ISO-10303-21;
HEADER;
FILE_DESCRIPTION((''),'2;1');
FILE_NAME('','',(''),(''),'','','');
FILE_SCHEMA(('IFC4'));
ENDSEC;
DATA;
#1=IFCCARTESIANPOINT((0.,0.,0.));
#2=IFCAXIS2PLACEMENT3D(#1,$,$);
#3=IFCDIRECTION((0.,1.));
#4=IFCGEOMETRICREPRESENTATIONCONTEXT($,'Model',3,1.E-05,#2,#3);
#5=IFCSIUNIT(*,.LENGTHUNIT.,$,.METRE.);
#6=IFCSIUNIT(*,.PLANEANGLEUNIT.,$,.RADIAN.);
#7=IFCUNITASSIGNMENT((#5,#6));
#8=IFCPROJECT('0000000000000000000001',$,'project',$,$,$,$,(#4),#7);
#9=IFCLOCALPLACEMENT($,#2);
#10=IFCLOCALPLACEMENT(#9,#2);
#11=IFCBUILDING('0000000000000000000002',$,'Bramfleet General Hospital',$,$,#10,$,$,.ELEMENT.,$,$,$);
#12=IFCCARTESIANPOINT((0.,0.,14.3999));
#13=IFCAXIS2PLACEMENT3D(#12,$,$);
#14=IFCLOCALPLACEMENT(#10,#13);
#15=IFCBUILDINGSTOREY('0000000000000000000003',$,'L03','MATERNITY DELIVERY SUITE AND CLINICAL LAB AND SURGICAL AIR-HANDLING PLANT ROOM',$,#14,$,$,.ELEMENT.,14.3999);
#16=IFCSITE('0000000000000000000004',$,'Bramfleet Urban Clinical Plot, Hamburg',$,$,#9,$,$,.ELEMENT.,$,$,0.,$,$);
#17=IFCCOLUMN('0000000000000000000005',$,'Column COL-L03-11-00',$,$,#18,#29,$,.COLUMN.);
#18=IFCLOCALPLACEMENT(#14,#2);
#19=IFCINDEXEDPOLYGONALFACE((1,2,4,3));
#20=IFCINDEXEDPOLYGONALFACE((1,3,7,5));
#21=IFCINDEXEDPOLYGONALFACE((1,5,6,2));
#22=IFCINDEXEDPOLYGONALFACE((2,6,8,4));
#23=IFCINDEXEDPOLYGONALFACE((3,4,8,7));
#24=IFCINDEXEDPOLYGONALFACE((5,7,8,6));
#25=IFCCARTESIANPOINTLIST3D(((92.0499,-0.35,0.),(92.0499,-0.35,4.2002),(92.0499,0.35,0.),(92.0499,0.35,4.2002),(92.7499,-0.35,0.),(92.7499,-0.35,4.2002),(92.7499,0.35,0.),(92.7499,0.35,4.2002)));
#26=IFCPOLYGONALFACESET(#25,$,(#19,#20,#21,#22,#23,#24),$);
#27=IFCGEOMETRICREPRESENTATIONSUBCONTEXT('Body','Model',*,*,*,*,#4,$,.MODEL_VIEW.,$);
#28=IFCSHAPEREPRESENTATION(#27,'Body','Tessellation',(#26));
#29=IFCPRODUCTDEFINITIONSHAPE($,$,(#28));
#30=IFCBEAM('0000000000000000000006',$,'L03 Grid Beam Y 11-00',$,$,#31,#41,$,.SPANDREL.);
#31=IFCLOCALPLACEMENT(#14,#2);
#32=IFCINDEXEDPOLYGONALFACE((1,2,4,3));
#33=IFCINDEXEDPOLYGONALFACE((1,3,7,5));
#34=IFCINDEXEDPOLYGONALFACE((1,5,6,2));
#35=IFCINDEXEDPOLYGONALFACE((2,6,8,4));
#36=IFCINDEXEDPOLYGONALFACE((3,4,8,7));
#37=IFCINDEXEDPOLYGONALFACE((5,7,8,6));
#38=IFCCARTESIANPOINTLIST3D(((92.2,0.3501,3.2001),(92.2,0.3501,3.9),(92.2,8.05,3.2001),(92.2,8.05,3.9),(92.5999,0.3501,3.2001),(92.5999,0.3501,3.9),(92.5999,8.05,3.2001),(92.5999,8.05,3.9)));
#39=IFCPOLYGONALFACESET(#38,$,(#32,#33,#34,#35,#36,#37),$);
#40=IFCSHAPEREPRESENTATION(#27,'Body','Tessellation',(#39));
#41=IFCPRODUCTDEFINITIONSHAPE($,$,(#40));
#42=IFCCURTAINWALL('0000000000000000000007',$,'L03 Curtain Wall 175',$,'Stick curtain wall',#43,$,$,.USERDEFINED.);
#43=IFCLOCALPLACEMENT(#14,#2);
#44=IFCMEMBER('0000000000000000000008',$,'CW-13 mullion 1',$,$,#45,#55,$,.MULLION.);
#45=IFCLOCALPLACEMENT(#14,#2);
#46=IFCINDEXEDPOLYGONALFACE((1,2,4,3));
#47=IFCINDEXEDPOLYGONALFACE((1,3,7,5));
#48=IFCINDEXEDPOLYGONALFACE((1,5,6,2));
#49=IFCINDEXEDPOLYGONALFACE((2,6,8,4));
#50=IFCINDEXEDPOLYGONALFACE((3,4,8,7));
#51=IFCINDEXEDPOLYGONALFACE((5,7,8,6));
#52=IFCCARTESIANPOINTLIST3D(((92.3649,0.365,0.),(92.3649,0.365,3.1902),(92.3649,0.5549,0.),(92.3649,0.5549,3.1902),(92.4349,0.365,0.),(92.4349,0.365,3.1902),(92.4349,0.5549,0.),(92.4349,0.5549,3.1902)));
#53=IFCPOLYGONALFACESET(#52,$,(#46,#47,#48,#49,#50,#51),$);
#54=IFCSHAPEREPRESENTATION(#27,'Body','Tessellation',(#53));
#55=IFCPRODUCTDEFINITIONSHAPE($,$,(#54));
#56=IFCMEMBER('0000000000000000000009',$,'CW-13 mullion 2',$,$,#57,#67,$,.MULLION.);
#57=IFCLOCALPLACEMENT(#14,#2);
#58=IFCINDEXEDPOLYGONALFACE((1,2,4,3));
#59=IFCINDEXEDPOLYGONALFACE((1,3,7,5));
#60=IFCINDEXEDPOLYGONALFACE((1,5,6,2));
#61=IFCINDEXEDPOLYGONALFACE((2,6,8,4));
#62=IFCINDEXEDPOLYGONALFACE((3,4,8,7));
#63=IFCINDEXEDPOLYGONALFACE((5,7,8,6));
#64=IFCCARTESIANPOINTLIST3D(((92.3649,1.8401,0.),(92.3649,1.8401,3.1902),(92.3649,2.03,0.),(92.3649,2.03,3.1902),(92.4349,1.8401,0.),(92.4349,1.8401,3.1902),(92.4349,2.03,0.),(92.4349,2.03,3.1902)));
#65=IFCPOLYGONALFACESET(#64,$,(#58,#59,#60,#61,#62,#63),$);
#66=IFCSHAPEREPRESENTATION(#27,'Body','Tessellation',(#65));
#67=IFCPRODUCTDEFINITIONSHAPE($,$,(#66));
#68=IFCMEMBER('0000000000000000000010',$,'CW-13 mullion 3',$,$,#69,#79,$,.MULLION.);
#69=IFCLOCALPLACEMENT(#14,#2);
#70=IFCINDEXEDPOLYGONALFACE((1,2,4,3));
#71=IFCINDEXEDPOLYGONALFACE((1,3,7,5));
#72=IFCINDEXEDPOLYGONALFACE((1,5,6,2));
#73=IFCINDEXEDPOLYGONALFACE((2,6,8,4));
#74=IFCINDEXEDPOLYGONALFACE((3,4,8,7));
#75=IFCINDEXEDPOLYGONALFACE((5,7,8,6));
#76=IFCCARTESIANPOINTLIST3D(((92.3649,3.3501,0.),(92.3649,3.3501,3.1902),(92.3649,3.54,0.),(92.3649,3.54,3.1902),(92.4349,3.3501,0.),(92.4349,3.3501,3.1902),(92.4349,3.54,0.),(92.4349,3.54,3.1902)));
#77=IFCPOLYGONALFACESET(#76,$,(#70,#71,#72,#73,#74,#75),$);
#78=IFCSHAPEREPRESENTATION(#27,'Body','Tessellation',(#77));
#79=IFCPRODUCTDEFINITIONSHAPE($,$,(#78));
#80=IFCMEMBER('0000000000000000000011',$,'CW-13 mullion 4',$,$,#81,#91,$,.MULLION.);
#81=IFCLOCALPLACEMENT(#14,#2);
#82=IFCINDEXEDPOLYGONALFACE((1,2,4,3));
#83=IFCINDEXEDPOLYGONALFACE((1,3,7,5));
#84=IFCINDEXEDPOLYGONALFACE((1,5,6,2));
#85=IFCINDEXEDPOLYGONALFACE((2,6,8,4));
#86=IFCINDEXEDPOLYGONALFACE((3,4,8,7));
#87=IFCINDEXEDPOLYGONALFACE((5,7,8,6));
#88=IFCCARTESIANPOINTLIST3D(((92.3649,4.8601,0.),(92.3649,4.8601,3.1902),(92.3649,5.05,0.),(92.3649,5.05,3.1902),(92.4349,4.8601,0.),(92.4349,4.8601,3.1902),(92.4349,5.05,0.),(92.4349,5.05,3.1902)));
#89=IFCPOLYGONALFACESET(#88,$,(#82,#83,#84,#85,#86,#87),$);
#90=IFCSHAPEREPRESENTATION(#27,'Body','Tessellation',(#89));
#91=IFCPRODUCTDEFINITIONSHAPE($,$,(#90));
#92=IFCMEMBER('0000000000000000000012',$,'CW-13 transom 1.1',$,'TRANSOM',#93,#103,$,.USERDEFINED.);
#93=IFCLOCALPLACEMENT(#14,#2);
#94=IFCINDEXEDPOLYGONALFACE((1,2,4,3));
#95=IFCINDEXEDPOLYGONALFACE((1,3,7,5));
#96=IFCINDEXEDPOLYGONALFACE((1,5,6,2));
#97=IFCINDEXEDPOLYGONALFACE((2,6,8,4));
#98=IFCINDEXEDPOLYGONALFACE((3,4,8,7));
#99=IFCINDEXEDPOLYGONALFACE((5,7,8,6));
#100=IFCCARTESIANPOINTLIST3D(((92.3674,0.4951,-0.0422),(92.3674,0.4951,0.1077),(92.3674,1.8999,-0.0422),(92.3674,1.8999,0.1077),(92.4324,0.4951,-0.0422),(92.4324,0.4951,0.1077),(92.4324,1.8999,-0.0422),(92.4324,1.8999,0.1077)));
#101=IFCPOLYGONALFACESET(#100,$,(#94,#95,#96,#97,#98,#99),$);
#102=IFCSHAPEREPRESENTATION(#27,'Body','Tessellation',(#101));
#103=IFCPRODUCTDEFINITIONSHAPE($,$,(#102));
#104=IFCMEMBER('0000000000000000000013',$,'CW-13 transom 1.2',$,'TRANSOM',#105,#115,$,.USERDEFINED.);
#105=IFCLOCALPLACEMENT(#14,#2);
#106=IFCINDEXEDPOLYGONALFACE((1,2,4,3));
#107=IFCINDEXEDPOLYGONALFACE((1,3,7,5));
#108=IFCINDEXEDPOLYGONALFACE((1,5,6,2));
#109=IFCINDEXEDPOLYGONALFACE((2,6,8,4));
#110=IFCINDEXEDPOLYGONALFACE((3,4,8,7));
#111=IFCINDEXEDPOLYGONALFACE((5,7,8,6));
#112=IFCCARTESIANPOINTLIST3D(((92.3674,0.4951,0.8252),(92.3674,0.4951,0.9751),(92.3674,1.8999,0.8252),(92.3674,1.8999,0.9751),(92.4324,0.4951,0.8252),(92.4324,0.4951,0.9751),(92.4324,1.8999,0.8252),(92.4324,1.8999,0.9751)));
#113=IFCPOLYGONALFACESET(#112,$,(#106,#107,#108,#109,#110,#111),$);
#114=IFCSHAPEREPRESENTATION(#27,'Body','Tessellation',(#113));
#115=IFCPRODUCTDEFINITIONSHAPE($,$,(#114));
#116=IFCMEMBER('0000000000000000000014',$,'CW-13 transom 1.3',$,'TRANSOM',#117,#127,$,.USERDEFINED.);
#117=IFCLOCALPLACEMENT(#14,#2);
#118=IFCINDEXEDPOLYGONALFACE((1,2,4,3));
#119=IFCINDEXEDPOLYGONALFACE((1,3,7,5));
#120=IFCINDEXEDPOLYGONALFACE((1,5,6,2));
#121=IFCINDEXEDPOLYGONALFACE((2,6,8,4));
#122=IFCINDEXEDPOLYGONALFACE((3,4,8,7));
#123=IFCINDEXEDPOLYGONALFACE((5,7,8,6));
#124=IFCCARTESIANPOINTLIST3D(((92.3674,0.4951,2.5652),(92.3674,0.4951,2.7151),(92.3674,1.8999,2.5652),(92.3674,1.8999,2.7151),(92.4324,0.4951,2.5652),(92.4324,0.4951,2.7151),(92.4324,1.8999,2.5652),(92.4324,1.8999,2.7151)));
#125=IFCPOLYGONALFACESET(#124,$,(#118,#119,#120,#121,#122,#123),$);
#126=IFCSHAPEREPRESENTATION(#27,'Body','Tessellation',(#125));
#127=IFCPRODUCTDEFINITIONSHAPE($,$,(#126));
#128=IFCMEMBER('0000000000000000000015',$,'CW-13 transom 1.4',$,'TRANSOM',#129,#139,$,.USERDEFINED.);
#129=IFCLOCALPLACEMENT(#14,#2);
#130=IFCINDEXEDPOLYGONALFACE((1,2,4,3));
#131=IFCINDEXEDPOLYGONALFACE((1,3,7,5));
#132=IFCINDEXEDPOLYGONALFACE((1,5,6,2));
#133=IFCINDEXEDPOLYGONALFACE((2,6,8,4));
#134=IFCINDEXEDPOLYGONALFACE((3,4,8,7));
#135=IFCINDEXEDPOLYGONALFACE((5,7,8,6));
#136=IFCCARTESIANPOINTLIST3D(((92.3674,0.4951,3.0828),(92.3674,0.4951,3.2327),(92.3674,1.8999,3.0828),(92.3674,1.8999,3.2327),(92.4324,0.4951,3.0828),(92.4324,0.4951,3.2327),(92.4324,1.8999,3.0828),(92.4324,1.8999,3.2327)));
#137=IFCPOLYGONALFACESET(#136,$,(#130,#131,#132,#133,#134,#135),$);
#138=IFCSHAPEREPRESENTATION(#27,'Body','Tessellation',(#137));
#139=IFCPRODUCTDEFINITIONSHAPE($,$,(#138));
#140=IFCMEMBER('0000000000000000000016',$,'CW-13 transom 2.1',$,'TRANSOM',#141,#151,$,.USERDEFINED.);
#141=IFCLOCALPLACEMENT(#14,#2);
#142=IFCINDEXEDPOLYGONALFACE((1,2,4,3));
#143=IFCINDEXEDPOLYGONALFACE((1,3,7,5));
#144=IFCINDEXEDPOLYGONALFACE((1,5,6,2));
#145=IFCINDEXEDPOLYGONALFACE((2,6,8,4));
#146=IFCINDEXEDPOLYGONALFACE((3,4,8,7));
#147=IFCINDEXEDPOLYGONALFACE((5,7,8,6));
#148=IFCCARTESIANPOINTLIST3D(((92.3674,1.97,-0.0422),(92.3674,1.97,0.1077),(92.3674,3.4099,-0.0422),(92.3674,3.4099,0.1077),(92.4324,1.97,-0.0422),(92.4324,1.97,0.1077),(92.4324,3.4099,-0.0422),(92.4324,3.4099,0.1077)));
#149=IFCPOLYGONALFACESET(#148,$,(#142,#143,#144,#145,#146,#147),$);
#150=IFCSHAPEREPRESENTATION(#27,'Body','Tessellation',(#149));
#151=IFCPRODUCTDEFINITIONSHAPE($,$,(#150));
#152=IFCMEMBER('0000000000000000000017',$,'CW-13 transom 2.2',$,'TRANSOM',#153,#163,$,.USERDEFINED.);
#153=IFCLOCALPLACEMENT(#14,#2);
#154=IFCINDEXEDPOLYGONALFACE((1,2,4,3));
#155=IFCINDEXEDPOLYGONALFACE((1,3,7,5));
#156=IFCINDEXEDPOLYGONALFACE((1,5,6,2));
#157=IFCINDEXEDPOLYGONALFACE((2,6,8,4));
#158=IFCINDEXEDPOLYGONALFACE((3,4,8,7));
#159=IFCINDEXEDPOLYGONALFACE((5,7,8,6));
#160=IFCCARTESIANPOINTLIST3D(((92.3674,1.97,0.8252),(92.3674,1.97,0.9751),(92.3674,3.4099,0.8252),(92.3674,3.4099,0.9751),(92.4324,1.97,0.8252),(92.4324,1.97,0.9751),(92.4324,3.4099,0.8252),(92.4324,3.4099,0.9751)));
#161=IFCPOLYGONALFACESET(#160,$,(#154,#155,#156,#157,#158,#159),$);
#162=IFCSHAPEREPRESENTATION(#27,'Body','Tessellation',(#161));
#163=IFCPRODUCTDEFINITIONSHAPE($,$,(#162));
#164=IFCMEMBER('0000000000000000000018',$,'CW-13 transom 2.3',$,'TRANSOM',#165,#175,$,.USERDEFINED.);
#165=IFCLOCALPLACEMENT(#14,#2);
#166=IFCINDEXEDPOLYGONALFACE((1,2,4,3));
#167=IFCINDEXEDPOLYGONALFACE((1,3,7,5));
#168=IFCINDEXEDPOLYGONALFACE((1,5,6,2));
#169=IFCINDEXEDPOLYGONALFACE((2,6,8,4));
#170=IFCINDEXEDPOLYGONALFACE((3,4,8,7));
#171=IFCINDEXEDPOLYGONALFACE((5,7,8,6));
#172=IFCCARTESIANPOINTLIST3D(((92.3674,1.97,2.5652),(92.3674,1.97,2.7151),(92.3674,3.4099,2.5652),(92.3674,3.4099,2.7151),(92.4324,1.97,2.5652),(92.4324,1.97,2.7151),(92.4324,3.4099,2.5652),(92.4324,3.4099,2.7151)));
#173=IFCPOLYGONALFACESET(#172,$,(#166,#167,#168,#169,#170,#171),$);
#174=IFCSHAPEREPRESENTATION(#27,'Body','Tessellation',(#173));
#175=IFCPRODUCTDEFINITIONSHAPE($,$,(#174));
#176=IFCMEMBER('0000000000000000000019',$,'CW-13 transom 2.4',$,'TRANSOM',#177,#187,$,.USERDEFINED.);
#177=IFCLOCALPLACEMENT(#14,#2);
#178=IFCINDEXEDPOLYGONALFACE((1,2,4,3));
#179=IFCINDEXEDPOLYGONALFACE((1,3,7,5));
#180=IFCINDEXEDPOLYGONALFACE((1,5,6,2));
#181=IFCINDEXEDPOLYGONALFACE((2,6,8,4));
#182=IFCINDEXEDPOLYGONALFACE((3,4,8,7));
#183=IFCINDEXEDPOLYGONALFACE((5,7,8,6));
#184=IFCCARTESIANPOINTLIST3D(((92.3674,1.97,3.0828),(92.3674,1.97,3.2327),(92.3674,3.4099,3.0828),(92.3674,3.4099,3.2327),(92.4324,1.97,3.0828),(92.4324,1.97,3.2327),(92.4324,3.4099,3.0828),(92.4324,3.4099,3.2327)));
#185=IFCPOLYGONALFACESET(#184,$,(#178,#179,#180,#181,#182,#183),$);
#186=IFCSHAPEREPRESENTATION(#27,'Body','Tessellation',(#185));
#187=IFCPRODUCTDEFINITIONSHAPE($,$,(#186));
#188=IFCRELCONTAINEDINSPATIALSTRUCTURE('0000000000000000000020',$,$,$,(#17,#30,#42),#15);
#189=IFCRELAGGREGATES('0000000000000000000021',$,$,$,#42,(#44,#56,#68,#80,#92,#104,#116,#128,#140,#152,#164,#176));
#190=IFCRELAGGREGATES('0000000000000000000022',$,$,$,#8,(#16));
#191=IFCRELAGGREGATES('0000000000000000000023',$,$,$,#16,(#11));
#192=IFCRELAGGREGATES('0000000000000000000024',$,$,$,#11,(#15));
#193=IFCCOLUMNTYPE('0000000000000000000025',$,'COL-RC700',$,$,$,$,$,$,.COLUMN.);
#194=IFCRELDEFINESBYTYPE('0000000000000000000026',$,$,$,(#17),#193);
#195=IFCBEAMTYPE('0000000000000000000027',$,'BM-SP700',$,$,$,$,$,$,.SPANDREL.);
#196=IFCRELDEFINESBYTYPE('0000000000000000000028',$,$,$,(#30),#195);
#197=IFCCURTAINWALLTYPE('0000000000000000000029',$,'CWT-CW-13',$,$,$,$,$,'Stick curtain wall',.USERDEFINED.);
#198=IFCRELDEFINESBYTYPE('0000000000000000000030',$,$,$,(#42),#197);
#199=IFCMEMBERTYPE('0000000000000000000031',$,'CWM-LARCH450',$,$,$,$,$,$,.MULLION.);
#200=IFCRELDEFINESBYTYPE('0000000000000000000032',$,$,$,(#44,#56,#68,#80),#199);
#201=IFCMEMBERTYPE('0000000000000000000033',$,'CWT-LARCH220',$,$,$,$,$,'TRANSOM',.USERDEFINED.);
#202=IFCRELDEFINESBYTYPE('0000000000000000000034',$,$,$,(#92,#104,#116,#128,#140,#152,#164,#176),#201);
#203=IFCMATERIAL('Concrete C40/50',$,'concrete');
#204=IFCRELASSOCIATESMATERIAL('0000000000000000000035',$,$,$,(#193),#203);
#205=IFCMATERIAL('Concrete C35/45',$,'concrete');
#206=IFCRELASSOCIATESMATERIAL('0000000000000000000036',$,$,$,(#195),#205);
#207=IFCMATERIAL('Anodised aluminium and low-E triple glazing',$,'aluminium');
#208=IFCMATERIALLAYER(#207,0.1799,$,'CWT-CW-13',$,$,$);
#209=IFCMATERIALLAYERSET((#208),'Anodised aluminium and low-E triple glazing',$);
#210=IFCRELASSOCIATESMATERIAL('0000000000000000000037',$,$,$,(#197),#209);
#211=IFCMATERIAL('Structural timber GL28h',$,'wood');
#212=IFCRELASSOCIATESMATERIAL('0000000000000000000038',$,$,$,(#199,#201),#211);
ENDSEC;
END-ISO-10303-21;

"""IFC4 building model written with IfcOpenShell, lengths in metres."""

from ifc_helpers import new_model, si_unit, direction, frame, origin, origin_2d, place, context, subcontext, project, spatial, rectangle, extrude, material, layer, layer_set, material_profile, profile_set, type_object, element, aggregate, save


model = new_model("IFC4")

# Units and contexts
model_context = context("Model", 3, precision=1e-05, world=origin(), true_north=direction((0.0, 1.0)))
body_context = subcontext(model_context, "Body", "Model", "MODEL_VIEW")
ifc_project = project(units=[si_unit("LENGTHUNIT", "METRE"), si_unit("PLANEANGLEUNIT", "RADIAN")], contexts=[model_context])

# Site, building, storey
site_placement = place(None, origin())
site = spatial("IfcSite", under=ifc_project, at=site_placement, Name="Bramfleet Urban Clinical Plot, Hamburg", CompositionType="ELEMENT", RefElevation=0.0)
building_placement = place(site_placement, origin())
building = spatial("IfcBuilding", under=site, at=building_placement, Name="Bramfleet General Hospital", CompositionType="ELEMENT")
storey_placement = place(building_placement, frame((0.0, 0.0, 14.3999)))
storey = spatial("IfcBuildingStorey", under=building, at=storey_placement, Name="L03", Description="MATERNITY DELIVERY SUITE AND CLINICAL LAB AND SURGICAL AIR-HANDLING PLANT ROOM", CompositionType="ELEMENT", Elevation=14.3999)

# Column
ifc_material_1 = material(Name="Concrete C40/50", Category="concrete")
ifc_material_profile_1 = material_profile(ifc_material_1, rectangle(XDim=0.7, YDim=0.7, at=origin_2d()), Name="RC COL 700x700")
ifc_profile_set_1 = profile_set([ifc_material_profile_1], Name="Concrete C40/50")
column_type = type_object("IfcColumnType", Name="COL-RC700", PredefinedType="COLUMN", material=ifc_profile_set_1)
column_placement = place(storey_placement, frame((92.3999, 0.0, 0.0), z_axis=(0.0, 0.0, 1.0), x_axis=(1.0, 0.0, 0.0)))
element("IfcColumn", 1, at=column_placement, inside=storey, type_object=column_type, Name="Column COL-L03-11-00", PredefinedType="COLUMN", context=body_context, shape_type="SweptSolid", body=[
    extrude(rectangle(XDim=0.7, YDim=0.7, at=origin_2d()), origin(), (0.0, 0.0, 1.0), 4.2002),
])

# Beam
ifc_material_2 = material(Name="Concrete C35/45", Category="concrete")
ifc_material_profile_2 = material_profile(ifc_material_2, rectangle(XDim=0.3999, YDim=0.7, at=origin_2d()), Name="RC SP 700x400")
ifc_profile_set_2 = profile_set([ifc_material_profile_2], Name="Concrete C35/45")
beam_type = type_object("IfcBeamType", Name="BM-SP700", PredefinedType="SPANDREL", material=ifc_profile_set_2)
beam_placement = place(storey_placement, frame((92.3999, 0.3501, 3.55), z_axis=(0.0, 1.0, 0.0), x_axis=(-1.0, 0.0, 0.0)))
element("IfcBeam", 2, at=beam_placement, inside=storey, type_object=beam_type, Name="L03 Grid Beam Y 11-00", PredefinedType="SPANDREL", context=body_context, shape_type="SweptSolid", body=[
    extrude(rectangle(XDim=0.3999, YDim=0.7, at=origin_2d()), origin(), (0.0, 0.0, 1.0), 7.7),
])

# Curtain wall, members
ifc_material_3 = material(Name="Anodised aluminium and low-E triple glazing", Category="aluminium")
ifc_layer_1 = layer(ifc_material_3, 0.1799, Name="CWT-CW-13")
ifc_layer_set_1 = layer_set([ifc_layer_1], Name="Anodised aluminium and low-E triple glazing")
curtain_wall_type = type_object("IfcCurtainWallType", Name="CWT-CW-13", ElementType="Stick curtain wall", PredefinedType="USERDEFINED", material=ifc_layer_set_1)
curtain_wall_placement = place(storey_placement, origin())
curtain_wall = element("IfcCurtainWall", 3, at=curtain_wall_placement, inside=storey, type_object=curtain_wall_type, Name="L03 Curtain Wall 175", ObjectType="Stick curtain wall", PredefinedType="USERDEFINED")
ifc_material_4 = material(Name="Structural timber GL28h", Category="wood")
ifc_material_profile_3 = material_profile(ifc_material_4, rectangle(XDim=0.0701, YDim=0.1899, at=origin_2d()), Name="LARCH 190x70")
ifc_profile_set_3 = profile_set([ifc_material_profile_3], Name="Structural timber GL28h")
member_type_1 = type_object("IfcMemberType", Name="CWM-LARCH450", PredefinedType="MULLION", material=ifc_profile_set_3)
member_1_placement = place(storey_placement, frame((92.3999, 0.46, 0.0), z_axis=(0.0, 0.0, 1.0), x_axis=(-1.0, 0.0, 0.0)))
member_1 = element("IfcMember", 4, at=member_1_placement, type_object=member_type_1, Name="CW-13 mullion 1", PredefinedType="MULLION", context=body_context, shape_type="SweptSolid", body=[
    extrude(rectangle(XDim=0.0701, YDim=0.1899, at=origin_2d()), origin(), (0.0, 0.0, 1.0), 3.1902),
])
member_2_placement = place(storey_placement, frame((92.3999, 1.9351, 0.0), z_axis=(0.0, 0.0, 1.0), x_axis=(-1.0, 0.0, 0.0)))
member_2 = element("IfcMember", 5, at=member_2_placement, type_object=member_type_1, Name="CW-13 mullion 2", PredefinedType="MULLION", context=body_context, shape_type="SweptSolid", body=[
    extrude(rectangle(XDim=0.0701, YDim=0.1899, at=origin_2d()), origin(), (0.0, 0.0, 1.0), 3.1902),
])
member_3_placement = place(storey_placement, frame((92.3999, 3.4451, 0.0), z_axis=(0.0, 0.0, 1.0), x_axis=(-1.0, 0.0, 0.0)))
member_3 = element("IfcMember", 6, at=member_3_placement, type_object=member_type_1, Name="CW-13 mullion 3", PredefinedType="MULLION", context=body_context, shape_type="SweptSolid", body=[
    extrude(rectangle(XDim=0.0701, YDim=0.1899, at=origin_2d()), origin(), (0.0, 0.0, 1.0), 3.1902),
])
member_4_placement = place(storey_placement, frame((92.3999, 4.9551, 0.0), z_axis=(0.0, 0.0, 1.0), x_axis=(-1.0, 0.0, 0.0)))
member_4 = element("IfcMember", 7, at=member_4_placement, type_object=member_type_1, Name="CW-13 mullion 4", PredefinedType="MULLION", context=body_context, shape_type="SweptSolid", body=[
    extrude(rectangle(XDim=0.0701, YDim=0.1899, at=origin_2d()), origin(), (0.0, 0.0, 1.0), 3.1902),
])
ifc_material_profile_4 = material_profile(ifc_material_4, rectangle(XDim=0.0649, YDim=0.1499, at=origin_2d()), Name="LARCH 150x65")
ifc_profile_set_4 = profile_set([ifc_material_profile_4], Name="Structural timber GL28h")
member_type_2 = type_object("IfcMemberType", Name="CWT-LARCH220", ElementType="TRANSOM", PredefinedType="USERDEFINED", material=ifc_profile_set_4)
member_5_placement = place(storey_placement, frame((92.3999, 0.4951, 0.0327), z_axis=(0.0, 1.0, 0.0), x_axis=(-1.0, 0.0, 0.0)))
member_5 = element("IfcMember", 8, at=member_5_placement, type_object=member_type_2, Name="CW-13 transom 1.1", ObjectType="TRANSOM", PredefinedType="USERDEFINED", context=body_context, shape_type="SweptSolid", body=[
    extrude(rectangle(XDim=0.0649, YDim=0.1499, at=origin_2d()), origin(), (0.0, 0.0, 1.0), 1.4048),
])
member_6_placement = place(storey_placement, frame((92.3999, 0.4951, 0.9001), z_axis=(0.0, 1.0, 0.0), x_axis=(-1.0, 0.0, 0.0)))
member_6 = element("IfcMember", 9, at=member_6_placement, type_object=member_type_2, Name="CW-13 transom 1.2", ObjectType="TRANSOM", PredefinedType="USERDEFINED", context=body_context, shape_type="SweptSolid", body=[
    extrude(rectangle(XDim=0.0649, YDim=0.1499, at=origin_2d()), origin(), (0.0, 0.0, 1.0), 1.4048),
])
member_7_placement = place(storey_placement, frame((92.3999, 0.4951, 2.6401), z_axis=(0.0, 1.0, 0.0), x_axis=(-1.0, 0.0, 0.0)))
member_7 = element("IfcMember", 10, at=member_7_placement, type_object=member_type_2, Name="CW-13 transom 1.3", ObjectType="TRANSOM", PredefinedType="USERDEFINED", context=body_context, shape_type="SweptSolid", body=[
    extrude(rectangle(XDim=0.0649, YDim=0.1499, at=origin_2d()), origin(), (0.0, 0.0, 1.0), 1.4048),
])
member_8_placement = place(storey_placement, frame((92.3999, 0.4951, 3.1577), z_axis=(0.0, 1.0, 0.0), x_axis=(-1.0, 0.0, 0.0)))
member_8 = element("IfcMember", 11, at=member_8_placement, type_object=member_type_2, Name="CW-13 transom 1.4", ObjectType="TRANSOM", PredefinedType="USERDEFINED", context=body_context, shape_type="SweptSolid", body=[
    extrude(rectangle(XDim=0.0649, YDim=0.1499, at=origin_2d()), origin(), (0.0, 0.0, 1.0), 1.4048),
])
member_9_placement = place(storey_placement, frame((92.3999, 1.97, 0.0327), z_axis=(0.0, 1.0, 0.0), x_axis=(-1.0, 0.0, 0.0)))
member_9 = element("IfcMember", 12, at=member_9_placement, type_object=member_type_2, Name="CW-13 transom 2.1", ObjectType="TRANSOM", PredefinedType="USERDEFINED", context=body_context, shape_type="SweptSolid", body=[
    extrude(rectangle(XDim=0.0649, YDim=0.1499, at=origin_2d()), origin(), (0.0, 0.0, 1.0), 1.4399),
])
member_10_placement = place(storey_placement, frame((92.3999, 1.97, 0.9001), z_axis=(0.0, 1.0, 0.0), x_axis=(-1.0, 0.0, 0.0)))
member_10 = element("IfcMember", 13, at=member_10_placement, type_object=member_type_2, Name="CW-13 transom 2.2", ObjectType="TRANSOM", PredefinedType="USERDEFINED", context=body_context, shape_type="SweptSolid", body=[
    extrude(rectangle(XDim=0.0649, YDim=0.1499, at=origin_2d()), origin(), (0.0, 0.0, 1.0), 1.4399),
])
member_11_placement = place(storey_placement, frame((92.3999, 1.97, 2.6401), z_axis=(0.0, 1.0, 0.0), x_axis=(-1.0, 0.0, 0.0)))
member_11 = element("IfcMember", 14, at=member_11_placement, type_object=member_type_2, Name="CW-13 transom 2.3", ObjectType="TRANSOM", PredefinedType="USERDEFINED", context=body_context, shape_type="SweptSolid", body=[
    extrude(rectangle(XDim=0.0649, YDim=0.1499, at=origin_2d()), origin(), (0.0, 0.0, 1.0), 1.4399),
])
member_12_placement = place(storey_placement, frame((92.3999, 1.97, 3.1577), z_axis=(0.0, 1.0, 0.0), x_axis=(-1.0, 0.0, 0.0)))
member_12 = element("IfcMember", 15, at=member_12_placement, type_object=member_type_2, Name="CW-13 transom 2.4", ObjectType="TRANSOM", PredefinedType="USERDEFINED", context=body_context, shape_type="SweptSolid", body=[
    extrude(rectangle(XDim=0.0649, YDim=0.1499, at=origin_2d()), origin(), (0.0, 0.0, 1.0), 1.4399),
])
aggregate(curtain_wall, [member_1, member_2, member_3, member_4, member_5, member_6, member_7, member_8, member_9, member_10, member_11, member_12])

save(model, "model.ifc")
